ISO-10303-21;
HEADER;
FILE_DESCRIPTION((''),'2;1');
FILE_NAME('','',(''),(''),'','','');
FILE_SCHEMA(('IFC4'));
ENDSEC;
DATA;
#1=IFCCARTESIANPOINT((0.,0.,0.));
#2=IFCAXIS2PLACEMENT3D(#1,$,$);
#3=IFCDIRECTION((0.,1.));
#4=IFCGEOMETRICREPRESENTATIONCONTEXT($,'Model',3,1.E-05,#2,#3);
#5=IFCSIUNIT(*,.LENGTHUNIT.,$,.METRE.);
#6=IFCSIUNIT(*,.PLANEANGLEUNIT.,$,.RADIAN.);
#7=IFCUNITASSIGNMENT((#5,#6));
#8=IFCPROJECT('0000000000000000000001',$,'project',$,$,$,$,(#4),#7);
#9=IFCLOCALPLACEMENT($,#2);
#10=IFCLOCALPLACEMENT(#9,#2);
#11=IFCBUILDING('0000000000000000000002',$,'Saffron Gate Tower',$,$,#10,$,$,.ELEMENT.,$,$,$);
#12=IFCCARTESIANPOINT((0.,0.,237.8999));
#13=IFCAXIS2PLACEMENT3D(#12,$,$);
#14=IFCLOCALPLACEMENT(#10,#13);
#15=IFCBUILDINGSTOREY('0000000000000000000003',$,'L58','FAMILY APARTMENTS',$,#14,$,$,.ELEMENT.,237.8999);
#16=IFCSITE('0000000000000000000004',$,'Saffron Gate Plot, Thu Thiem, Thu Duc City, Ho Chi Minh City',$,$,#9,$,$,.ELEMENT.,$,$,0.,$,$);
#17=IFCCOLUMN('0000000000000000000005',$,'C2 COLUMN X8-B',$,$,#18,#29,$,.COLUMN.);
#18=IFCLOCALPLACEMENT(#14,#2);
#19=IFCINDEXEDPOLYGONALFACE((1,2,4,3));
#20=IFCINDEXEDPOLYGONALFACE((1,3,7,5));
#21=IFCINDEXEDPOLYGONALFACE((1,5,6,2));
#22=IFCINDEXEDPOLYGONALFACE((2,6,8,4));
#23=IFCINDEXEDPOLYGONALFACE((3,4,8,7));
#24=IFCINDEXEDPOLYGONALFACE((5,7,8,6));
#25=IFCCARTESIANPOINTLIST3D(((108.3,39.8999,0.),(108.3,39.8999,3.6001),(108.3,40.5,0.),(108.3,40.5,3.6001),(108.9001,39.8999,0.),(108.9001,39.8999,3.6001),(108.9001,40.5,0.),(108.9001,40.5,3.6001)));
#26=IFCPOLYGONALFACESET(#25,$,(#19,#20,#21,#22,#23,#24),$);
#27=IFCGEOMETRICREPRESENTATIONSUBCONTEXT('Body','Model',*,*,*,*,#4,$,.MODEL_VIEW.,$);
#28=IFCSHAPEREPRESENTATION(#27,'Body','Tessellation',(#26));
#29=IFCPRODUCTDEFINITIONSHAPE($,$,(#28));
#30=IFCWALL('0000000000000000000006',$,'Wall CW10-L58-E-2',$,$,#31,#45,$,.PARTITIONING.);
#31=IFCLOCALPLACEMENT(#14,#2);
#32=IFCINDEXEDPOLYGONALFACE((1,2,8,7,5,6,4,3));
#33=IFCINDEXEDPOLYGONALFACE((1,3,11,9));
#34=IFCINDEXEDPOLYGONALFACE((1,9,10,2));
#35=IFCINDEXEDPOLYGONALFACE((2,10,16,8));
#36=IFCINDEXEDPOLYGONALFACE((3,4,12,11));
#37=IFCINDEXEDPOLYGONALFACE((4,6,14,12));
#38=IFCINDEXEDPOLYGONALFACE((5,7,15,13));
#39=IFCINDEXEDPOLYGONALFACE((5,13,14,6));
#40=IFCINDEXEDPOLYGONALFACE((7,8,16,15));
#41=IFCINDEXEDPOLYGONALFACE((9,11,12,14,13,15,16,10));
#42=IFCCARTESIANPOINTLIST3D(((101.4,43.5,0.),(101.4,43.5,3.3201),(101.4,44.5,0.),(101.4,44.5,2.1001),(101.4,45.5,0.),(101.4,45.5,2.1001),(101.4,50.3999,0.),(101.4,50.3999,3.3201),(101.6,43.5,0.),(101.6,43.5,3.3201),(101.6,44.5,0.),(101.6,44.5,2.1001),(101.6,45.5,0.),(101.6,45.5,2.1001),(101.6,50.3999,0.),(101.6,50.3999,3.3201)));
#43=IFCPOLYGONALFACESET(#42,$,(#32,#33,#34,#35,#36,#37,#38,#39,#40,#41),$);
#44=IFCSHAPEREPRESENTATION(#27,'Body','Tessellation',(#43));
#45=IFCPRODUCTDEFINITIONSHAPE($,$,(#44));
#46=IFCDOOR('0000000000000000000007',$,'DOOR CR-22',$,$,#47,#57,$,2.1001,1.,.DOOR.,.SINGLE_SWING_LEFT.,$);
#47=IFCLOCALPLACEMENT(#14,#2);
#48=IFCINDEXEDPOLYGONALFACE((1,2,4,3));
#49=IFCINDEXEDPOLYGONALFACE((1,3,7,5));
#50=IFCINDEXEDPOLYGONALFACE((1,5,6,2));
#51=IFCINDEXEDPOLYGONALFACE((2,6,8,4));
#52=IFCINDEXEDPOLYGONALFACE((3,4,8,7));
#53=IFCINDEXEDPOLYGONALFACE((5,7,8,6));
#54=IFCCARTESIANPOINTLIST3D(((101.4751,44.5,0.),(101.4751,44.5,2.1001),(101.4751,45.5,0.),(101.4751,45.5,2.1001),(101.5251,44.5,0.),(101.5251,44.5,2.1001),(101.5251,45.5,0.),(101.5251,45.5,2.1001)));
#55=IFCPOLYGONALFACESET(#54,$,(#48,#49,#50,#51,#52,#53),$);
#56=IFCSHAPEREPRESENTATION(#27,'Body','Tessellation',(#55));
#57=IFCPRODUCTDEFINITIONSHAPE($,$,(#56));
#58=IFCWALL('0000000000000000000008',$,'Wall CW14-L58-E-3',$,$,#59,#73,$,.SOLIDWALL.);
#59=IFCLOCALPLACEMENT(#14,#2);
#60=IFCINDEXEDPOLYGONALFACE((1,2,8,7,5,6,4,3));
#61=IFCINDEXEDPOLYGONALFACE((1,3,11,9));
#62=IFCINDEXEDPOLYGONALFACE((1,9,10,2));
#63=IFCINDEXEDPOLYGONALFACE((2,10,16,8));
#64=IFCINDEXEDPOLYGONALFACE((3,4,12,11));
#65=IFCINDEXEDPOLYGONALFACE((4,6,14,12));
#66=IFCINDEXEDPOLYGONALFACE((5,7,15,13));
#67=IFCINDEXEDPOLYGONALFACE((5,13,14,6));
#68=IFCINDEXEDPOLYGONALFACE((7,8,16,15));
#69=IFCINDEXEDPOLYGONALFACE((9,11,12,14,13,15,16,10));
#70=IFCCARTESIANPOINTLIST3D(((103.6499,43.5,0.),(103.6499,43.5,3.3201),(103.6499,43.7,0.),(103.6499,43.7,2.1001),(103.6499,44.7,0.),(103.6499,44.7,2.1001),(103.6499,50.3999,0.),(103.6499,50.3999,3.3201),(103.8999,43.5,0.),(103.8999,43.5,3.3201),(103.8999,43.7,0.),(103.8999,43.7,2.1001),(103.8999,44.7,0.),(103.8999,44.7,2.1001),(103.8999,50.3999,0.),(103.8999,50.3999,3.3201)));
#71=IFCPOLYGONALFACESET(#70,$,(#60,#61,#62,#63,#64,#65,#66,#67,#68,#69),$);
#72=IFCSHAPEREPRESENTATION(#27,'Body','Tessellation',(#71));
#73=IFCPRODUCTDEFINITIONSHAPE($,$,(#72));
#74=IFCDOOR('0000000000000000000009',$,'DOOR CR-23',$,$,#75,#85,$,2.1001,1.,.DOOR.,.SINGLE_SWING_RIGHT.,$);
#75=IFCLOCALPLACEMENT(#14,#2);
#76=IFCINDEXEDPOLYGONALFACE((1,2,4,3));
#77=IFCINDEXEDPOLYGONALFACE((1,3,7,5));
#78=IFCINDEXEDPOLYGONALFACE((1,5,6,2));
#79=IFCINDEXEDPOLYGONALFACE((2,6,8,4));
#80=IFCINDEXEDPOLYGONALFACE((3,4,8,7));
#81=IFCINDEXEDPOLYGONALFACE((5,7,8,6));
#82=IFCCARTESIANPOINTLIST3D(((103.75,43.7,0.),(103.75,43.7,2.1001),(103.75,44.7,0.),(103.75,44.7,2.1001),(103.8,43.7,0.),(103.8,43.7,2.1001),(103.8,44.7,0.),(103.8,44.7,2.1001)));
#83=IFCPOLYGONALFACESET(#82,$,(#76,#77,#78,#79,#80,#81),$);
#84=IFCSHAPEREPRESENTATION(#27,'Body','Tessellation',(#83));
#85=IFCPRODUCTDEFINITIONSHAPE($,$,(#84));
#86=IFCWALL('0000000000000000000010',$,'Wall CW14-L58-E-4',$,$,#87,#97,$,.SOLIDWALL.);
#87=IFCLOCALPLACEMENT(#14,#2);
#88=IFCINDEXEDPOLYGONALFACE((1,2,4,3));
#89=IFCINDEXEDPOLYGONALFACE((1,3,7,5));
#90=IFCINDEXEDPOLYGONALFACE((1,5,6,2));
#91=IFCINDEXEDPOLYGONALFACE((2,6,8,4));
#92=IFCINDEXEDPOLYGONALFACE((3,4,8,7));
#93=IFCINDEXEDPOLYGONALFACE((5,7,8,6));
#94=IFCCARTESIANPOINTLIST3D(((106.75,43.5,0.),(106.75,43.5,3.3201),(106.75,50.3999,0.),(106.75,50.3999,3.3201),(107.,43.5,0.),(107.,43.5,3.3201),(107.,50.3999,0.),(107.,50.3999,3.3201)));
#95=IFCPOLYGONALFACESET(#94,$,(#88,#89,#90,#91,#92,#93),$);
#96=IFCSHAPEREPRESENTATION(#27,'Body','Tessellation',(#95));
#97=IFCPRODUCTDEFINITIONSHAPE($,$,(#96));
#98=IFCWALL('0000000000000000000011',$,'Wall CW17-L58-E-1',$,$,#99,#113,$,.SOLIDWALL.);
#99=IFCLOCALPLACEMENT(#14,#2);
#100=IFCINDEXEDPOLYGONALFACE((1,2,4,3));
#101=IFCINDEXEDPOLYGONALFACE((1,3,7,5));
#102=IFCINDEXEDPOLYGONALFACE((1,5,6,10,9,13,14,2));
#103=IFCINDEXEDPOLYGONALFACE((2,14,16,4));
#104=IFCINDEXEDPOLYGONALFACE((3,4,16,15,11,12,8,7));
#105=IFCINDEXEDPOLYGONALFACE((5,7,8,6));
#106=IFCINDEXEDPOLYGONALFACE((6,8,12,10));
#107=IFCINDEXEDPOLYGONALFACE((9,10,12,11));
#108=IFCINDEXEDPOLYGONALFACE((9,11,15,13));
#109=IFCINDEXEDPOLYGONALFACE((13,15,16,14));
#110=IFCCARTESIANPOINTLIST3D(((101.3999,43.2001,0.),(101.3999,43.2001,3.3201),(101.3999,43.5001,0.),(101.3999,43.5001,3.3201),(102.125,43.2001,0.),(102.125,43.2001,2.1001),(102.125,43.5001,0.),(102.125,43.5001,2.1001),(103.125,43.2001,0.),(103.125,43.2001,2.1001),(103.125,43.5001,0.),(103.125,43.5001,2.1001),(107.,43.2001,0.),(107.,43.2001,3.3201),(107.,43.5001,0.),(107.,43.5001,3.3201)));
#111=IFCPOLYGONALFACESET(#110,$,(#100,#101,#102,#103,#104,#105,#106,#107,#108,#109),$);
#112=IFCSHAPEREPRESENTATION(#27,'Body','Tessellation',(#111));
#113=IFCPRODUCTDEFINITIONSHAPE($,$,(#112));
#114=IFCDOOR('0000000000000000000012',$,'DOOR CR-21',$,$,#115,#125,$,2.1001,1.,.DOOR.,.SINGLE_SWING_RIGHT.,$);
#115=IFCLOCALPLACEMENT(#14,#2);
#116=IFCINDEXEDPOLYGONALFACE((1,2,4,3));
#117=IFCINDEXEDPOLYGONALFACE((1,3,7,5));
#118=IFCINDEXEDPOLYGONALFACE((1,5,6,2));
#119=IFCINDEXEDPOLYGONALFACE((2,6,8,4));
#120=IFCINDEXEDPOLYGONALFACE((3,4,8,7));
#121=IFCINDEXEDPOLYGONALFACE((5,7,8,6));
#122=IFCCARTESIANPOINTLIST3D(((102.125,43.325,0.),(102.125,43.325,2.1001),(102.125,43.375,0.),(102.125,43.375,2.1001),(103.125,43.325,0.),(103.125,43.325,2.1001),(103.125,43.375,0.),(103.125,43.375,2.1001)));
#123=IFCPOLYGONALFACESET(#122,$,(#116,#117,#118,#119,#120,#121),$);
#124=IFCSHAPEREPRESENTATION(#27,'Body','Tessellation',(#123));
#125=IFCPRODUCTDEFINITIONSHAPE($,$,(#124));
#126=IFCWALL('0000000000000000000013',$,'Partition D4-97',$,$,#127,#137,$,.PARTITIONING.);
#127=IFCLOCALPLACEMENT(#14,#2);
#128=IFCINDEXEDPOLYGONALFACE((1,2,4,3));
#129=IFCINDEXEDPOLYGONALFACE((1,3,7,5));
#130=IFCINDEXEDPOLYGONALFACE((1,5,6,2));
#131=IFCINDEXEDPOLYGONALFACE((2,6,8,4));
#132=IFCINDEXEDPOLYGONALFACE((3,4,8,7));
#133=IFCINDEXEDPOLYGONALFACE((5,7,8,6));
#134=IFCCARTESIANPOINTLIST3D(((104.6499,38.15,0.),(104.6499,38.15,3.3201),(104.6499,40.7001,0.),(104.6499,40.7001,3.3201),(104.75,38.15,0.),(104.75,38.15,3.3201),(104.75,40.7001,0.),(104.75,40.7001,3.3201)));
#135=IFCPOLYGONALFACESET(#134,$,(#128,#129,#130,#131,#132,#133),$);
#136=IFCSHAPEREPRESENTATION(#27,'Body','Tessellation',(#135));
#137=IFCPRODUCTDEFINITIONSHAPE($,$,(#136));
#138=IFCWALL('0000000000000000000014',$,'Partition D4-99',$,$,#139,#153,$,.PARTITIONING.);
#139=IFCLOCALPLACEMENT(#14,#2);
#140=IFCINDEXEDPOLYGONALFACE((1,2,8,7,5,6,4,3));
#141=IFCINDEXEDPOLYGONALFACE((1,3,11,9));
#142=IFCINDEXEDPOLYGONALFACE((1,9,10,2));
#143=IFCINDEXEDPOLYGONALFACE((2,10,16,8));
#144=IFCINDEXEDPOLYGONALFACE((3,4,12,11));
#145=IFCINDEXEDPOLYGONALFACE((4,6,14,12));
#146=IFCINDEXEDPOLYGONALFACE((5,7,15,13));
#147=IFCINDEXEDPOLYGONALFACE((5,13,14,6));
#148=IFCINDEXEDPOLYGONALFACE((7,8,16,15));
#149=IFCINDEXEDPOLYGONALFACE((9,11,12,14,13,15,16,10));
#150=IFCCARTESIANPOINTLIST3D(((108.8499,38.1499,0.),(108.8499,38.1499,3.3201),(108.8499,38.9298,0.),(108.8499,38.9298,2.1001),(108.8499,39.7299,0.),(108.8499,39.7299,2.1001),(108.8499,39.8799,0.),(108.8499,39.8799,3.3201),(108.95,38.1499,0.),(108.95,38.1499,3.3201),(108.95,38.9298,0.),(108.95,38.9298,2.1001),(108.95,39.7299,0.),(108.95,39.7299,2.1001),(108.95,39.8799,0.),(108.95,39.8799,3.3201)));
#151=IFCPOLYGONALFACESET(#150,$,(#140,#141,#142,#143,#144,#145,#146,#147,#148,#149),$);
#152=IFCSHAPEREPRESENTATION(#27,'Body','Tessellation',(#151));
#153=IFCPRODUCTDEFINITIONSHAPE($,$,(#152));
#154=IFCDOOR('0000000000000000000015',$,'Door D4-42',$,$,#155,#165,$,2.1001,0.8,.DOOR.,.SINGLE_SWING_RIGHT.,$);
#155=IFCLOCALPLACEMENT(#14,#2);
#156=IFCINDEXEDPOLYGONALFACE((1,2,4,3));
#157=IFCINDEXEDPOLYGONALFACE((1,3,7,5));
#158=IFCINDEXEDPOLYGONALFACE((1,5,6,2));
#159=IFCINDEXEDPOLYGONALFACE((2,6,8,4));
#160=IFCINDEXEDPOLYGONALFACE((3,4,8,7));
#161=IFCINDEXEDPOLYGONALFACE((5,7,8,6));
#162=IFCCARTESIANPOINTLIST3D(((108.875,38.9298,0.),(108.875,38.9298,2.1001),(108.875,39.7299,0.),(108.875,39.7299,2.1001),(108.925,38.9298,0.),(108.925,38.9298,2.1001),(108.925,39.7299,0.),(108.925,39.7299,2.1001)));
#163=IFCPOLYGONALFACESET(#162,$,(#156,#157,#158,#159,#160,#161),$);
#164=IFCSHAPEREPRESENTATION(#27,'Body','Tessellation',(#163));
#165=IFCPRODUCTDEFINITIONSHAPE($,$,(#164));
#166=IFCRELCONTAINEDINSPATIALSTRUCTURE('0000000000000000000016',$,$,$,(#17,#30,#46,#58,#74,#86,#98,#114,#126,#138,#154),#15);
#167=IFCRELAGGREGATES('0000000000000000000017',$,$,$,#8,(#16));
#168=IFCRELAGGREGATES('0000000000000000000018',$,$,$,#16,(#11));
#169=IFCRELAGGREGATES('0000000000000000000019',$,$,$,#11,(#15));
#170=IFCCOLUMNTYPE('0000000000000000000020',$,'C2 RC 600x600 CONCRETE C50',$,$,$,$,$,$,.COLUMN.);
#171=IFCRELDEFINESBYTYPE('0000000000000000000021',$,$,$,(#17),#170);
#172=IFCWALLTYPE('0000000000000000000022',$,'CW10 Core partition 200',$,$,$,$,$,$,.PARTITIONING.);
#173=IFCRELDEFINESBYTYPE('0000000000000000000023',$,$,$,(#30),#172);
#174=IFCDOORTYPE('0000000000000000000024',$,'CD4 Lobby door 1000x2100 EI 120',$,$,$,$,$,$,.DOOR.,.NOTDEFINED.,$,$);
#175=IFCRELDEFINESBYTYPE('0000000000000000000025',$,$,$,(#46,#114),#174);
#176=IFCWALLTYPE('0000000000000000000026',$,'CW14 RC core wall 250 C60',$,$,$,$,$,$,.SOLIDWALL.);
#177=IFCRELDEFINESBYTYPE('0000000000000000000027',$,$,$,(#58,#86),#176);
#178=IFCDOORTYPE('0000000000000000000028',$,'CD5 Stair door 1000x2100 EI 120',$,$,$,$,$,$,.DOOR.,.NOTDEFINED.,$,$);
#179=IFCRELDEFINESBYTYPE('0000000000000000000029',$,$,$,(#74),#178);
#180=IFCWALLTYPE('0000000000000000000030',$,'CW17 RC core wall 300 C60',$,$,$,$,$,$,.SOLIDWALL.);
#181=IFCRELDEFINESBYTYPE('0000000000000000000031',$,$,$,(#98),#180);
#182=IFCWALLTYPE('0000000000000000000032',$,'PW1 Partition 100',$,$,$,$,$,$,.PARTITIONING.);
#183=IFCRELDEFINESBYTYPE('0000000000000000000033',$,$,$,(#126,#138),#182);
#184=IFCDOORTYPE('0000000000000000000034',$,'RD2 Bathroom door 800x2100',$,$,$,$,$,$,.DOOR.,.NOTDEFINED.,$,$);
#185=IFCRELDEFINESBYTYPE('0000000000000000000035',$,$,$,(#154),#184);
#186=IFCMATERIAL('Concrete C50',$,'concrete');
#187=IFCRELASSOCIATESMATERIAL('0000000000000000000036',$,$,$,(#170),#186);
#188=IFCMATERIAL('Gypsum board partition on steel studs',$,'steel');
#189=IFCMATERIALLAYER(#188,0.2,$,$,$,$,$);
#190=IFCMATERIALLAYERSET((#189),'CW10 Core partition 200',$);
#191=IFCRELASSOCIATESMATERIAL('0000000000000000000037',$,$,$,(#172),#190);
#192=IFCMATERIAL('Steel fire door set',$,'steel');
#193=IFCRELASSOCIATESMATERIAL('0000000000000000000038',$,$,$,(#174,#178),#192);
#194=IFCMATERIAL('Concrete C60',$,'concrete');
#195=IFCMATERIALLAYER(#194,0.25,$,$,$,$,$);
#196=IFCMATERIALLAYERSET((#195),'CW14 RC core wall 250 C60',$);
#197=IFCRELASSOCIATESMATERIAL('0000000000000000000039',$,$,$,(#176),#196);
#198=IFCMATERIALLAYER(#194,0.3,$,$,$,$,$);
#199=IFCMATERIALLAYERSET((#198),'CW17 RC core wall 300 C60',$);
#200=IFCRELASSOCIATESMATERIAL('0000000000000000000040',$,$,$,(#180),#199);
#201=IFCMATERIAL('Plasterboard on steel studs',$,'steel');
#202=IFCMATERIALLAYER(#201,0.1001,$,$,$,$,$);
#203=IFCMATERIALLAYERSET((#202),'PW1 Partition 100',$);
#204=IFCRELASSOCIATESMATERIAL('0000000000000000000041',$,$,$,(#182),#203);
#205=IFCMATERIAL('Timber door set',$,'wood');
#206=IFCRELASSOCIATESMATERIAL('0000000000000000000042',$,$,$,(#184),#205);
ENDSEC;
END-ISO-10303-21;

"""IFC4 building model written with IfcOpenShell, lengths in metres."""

from ifc_helpers import new_model, si_unit, direction, frame, frame_2d, origin, origin_2d, place, context, subcontext, project, spatial, rectangle, extrude, material, layer, layer_set, material_profile, profile_set, type_object, element, fill, save


model = new_model("IFC4")

# Units and contexts
model_context = context("Model", 3, precision=1e-05, world=origin(), true_north=direction((0.0, 1.0)))
body_context = subcontext(model_context, "Body", "Model", "MODEL_VIEW")
ifc_project = project(units=[si_unit("LENGTHUNIT", "METRE"), si_unit("PLANEANGLEUNIT", "RADIAN")], contexts=[model_context])

# Site, building, storey
site_placement = place(None, origin())
site = spatial("IfcSite", under=ifc_project, at=site_placement, Name="Saffron Gate Plot, Thu Thiem, Thu Duc City, Ho Chi Minh City", CompositionType="ELEMENT", RefElevation=0.0)
building_placement = place(site_placement, origin())
building = spatial("IfcBuilding", under=site, at=building_placement, Name="Saffron Gate Tower", CompositionType="ELEMENT")
storey_placement = place(building_placement, frame((0.0, 0.0, 237.8999)))
storey = spatial("IfcBuildingStorey", under=building, at=storey_placement, Name="L58", Description="FAMILY APARTMENTS", CompositionType="ELEMENT", Elevation=237.8999)

# Column
ifc_material_1 = material(Name="Concrete C50", Category="concrete")
ifc_material_profile = material_profile(ifc_material_1, rectangle(XDim=0.6001, YDim=0.6001, at=origin_2d()))
ifc_profile_set = profile_set([ifc_material_profile], Name="Concrete C50")
column_type = type_object("IfcColumnType", Name="C2 RC 600x600 CONCRETE C50", PredefinedType="COLUMN", material=ifc_profile_set)
column_placement = place(storey_placement, frame((108.6001, 40.2, 0.0), z_axis=(0.0, 0.0, 1.0), x_axis=(1.0, 0.0, 0.0)))
element("IfcColumn", 1, at=column_placement, inside=storey, type_object=column_type, Name="C2 COLUMN X8-B", PredefinedType="COLUMN", context=body_context, shape_type="SweptSolid", body=[
    extrude(rectangle(XDim=0.6001, YDim=0.6001, at=origin_2d()), origin(), (0.0, 0.0, 1.0), 3.6001),
])

# Walls, openings, doors
ifc_material_2 = material(Name="Gypsum board partition on steel studs", Category="steel")
ifc_layer_1 = layer(ifc_material_2, 0.2)
ifc_layer_set_1 = layer_set([ifc_layer_1], Name="CW10 Core partition 200")
wall_type_1 = type_object("IfcWallType", Name="CW10 Core partition 200", PredefinedType="PARTITIONING", material=ifc_layer_set_1)
wall_1_placement = place(storey_placement, frame((101.5, 43.5, 0.0), z_axis=(0.0, 0.0, 1.0), x_axis=(0.0, 1.0, 0.0)))
wall_1 = element("IfcWall", 2, at=wall_1_placement, inside=storey, type_object=wall_type_1, Name="Wall CW10-L58-E-2", PredefinedType="PARTITIONING", context=body_context, shape_type="SweptSolid", body=[
    extrude(rectangle(XDim=6.8999, YDim=0.2, at=frame_2d((3.45, 0.0))), origin(), (0.0, 0.0, 1.0), 3.3201),
])
opening_1_placement = place(wall_1_placement, frame((1.0, 0.0, 0.0)))
opening_1 = element("IfcOpeningElement", 3, at=opening_1_placement, cuts=wall_1, PredefinedType="OPENING", context=body_context, shape_type="SweptSolid", body=[
    extrude(rectangle(XDim=1.0, YDim=2.1001, at=frame_2d((0.5, 1.05))), frame((0.0, 0.1099, 0.0), z_axis=(0.0, -1.0, 0.0), x_axis=(1.0, 0.0, 0.0)), (0.0, 0.0, 1.0), 0.22),
])
ifc_material_3 = material(Name="Steel fire door set", Category="steel")
door_type_1 = type_object("IfcDoorType", Name="CD4 Lobby door 1000x2100 EI 120", OperationType="NOTDEFINED", PredefinedType="DOOR", material=ifc_material_3)
door_1_placement = place(opening_1_placement, origin())
door_1 = element("IfcDoor", 4, at=door_1_placement, inside=storey, type_object=door_type_1, Name="DOOR CR-22", OperationType="SINGLE_SWING_LEFT", OverallHeight=2.1001, OverallWidth=1.0, PredefinedType="DOOR", context=body_context, shape_type="SweptSolid", body=[
    extrude(rectangle(XDim=1.0, YDim=2.1001, at=frame_2d((0.5, 1.05))), frame((0.0, 0.0249, 0.0), z_axis=(0.0, -1.0, 0.0), x_axis=(1.0, 0.0, 0.0)), (0.0, 0.0, 1.0), 0.05),
])
fill(opening_1, door_1)
ifc_material_4 = material(Name="Concrete C60", Category="concrete")
ifc_layer_2 = layer(ifc_material_4, 0.25)
ifc_layer_set_2 = layer_set([ifc_layer_2], Name="CW14 RC core wall 250 C60")
wall_type_2 = type_object("IfcWallType", Name="CW14 RC core wall 250 C60", PredefinedType="SOLIDWALL", material=ifc_layer_set_2)
wall_2_placement = place(storey_placement, frame((103.7749, 43.5, 0.0), z_axis=(0.0, 0.0, 1.0), x_axis=(0.0, 1.0, 0.0)))
wall_2 = element("IfcWall", 5, at=wall_2_placement, inside=storey, type_object=wall_type_2, Name="Wall CW14-L58-E-3", PredefinedType="SOLIDWALL", context=body_context, shape_type="SweptSolid", body=[
    extrude(rectangle(XDim=6.8999, YDim=0.25, at=frame_2d((3.45, 0.0))), origin(), (0.0, 0.0, 1.0), 3.3201),
])
opening_2_placement = place(wall_2_placement, frame((0.2, 0.0, 0.0)))
opening_2 = element("IfcOpeningElement", 6, at=opening_2_placement, cuts=wall_2, PredefinedType="OPENING", context=body_context, shape_type="SweptSolid", body=[
    extrude(rectangle(XDim=1.0, YDim=2.1001, at=frame_2d((0.5, 1.05))), frame((0.0, 0.135, 0.0), z_axis=(0.0, -1.0, 0.0), x_axis=(1.0, 0.0, 0.0)), (0.0, 0.0, 1.0), 0.27),
])
door_type_2 = type_object("IfcDoorType", Name="CD5 Stair door 1000x2100 EI 120", OperationType="NOTDEFINED", PredefinedType="DOOR", material=ifc_material_3)
door_2_placement = place(opening_2_placement, origin())
door_2 = element("IfcDoor", 7, at=door_2_placement, inside=storey, type_object=door_type_2, Name="DOOR CR-23", OperationType="SINGLE_SWING_RIGHT", OverallHeight=2.1001, OverallWidth=1.0, PredefinedType="DOOR", context=body_context, shape_type="SweptSolid", body=[
    extrude(rectangle(XDim=1.0, YDim=2.1001, at=frame_2d((0.5, 1.05))), frame((0.0, 0.0249, 0.0), z_axis=(0.0, -1.0, 0.0), x_axis=(1.0, 0.0, 0.0)), (0.0, 0.0, 1.0), 0.05),
])
fill(opening_2, door_2)

# Wall
wall_3_placement = place(storey_placement, frame((106.875, 43.5, 0.0), z_axis=(0.0, 0.0, 1.0), x_axis=(0.0, 1.0, 0.0)))
element("IfcWall", 8, at=wall_3_placement, inside=storey, type_object=wall_type_2, Name="Wall CW14-L58-E-4", PredefinedType="SOLIDWALL", context=body_context, shape_type="SweptSolid", body=[
    extrude(rectangle(XDim=6.8999, YDim=0.25, at=frame_2d((3.45, 0.0))), origin(), (0.0, 0.0, 1.0), 3.3201),
])

# Wall, opening, door
ifc_layer_3 = layer(ifc_material_4, 0.3)
ifc_layer_set_3 = layer_set([ifc_layer_3], Name="CW17 RC core wall 300 C60")
wall_type_3 = type_object("IfcWallType", Name="CW17 RC core wall 300 C60", PredefinedType="SOLIDWALL", material=ifc_layer_set_3)
wall_4_placement = place(storey_placement, frame((101.3999, 43.3501, 0.0), z_axis=(0.0, 0.0, 1.0), x_axis=(1.0, 0.0, 0.0)))
wall_4 = element("IfcWall", 9, at=wall_4_placement, inside=storey, type_object=wall_type_3, Name="Wall CW17-L58-E-1", PredefinedType="SOLIDWALL", context=body_context, shape_type="SweptSolid", body=[
    extrude(rectangle(XDim=5.6001, YDim=0.3, at=frame_2d((2.8, 0.0))), origin(), (0.0, 0.0, 1.0), 3.3201),
])
opening_3_placement = place(wall_4_placement, frame((0.7251, 0.0, 0.0)))
opening_3 = element("IfcOpeningElement", 10, at=opening_3_placement, cuts=wall_4, PredefinedType="OPENING", context=body_context, shape_type="SweptSolid", body=[
    extrude(rectangle(XDim=1.0, YDim=2.1001, at=frame_2d((0.5, 1.05))), frame((0.0, 0.1602, 0.0), z_axis=(0.0, -1.0, 0.0), x_axis=(1.0, 0.0, 0.0)), (0.0, 0.0, 1.0), 0.3201),
])
door_3_placement = place(opening_3_placement, origin())
door_3 = element("IfcDoor", 11, at=door_3_placement, inside=storey, type_object=door_type_1, Name="DOOR CR-21", OperationType="SINGLE_SWING_RIGHT", OverallHeight=2.1001, OverallWidth=1.0, PredefinedType="DOOR", context=body_context, shape_type="SweptSolid", body=[
    extrude(rectangle(XDim=1.0, YDim=2.1001, at=frame_2d((0.5, 1.05))), frame((0.0, 0.0249, 0.0), z_axis=(0.0, -1.0, 0.0), x_axis=(1.0, 0.0, 0.0)), (0.0, 0.0, 1.0), 0.05),
])
fill(opening_3, door_3)

# Wall
ifc_material_5 = material(Name="Plasterboard on steel studs", Category="steel")
ifc_layer_4 = layer(ifc_material_5, 0.1001)
ifc_layer_set_4 = layer_set([ifc_layer_4], Name="PW1 Partition 100")
wall_type_4 = type_object("IfcWallType", Name="PW1 Partition 100", PredefinedType="PARTITIONING", material=ifc_layer_set_4)
wall_5_placement = place(storey_placement, frame((104.7, 40.7, 0.0), z_axis=(0.0, 0.0, 1.0), x_axis=(0.0, -1.0, 0.0)))
element("IfcWall", 12, at=wall_5_placement, inside=storey, type_object=wall_type_4, Name="Partition D4-97", PredefinedType="PARTITIONING", context=body_context, shape_type="SweptSolid", body=[
    extrude(rectangle(XDim=2.55, YDim=0.1001, at=frame_2d((1.2749, 0.0))), origin(), (0.0, 0.0, 1.0), 3.3201),
])

# Wall, opening, door
wall_6_placement = place(storey_placement, frame((108.8999, 38.1499, 0.0), z_axis=(0.0, 0.0, 1.0), x_axis=(0.0, 1.0, 0.0)))
wall_6 = element("IfcWall", 13, at=wall_6_placement, inside=storey, type_object=wall_type_4, Name="Partition D4-99", PredefinedType="PARTITIONING", context=body_context, shape_type="SweptSolid", body=[
    extrude(rectangle(XDim=1.73, YDim=0.1001, at=frame_2d((0.865, 0.0))), origin(), (0.0, 0.0, 1.0), 3.3201),
])
opening_4_placement = place(wall_6_placement, frame((0.78, 0.0, 0.0)))
opening_4 = element("IfcOpeningElement", 14, at=opening_4_placement, cuts=wall_6, PredefinedType="OPENING", context=body_context, shape_type="SweptSolid", body=[
    extrude(rectangle(XDim=0.8, YDim=2.1001, at=frame_2d((0.3999, 1.05))), frame((0.0, 0.0601, 0.0), z_axis=(0.0, -1.0, 0.0), x_axis=(1.0, 0.0, 0.0)), (0.0, 0.0, 1.0), 0.1201),
])
ifc_material_6 = material(Name="Timber door set", Category="wood")
door_type_3 = type_object("IfcDoorType", Name="RD2 Bathroom door 800x2100", OperationType="NOTDEFINED", PredefinedType="DOOR", material=ifc_material_6)
door_4_placement = place(opening_4_placement, origin())
door_4 = element("IfcDoor", 15, at=door_4_placement, inside=storey, type_object=door_type_3, Name="Door D4-42", OperationType="SINGLE_SWING_RIGHT", OverallHeight=2.1001, OverallWidth=0.8, PredefinedType="DOOR", context=body_context, shape_type="SweptSolid", body=[
    extrude(rectangle(XDim=0.8, YDim=2.1001, at=frame_2d((0.3999, 1.05))), frame((0.0, 0.0249, 0.0), z_axis=(0.0, -1.0, 0.0), x_axis=(1.0, 0.0, 0.0)), (0.0, 0.0, 1.0), 0.05),
])
fill(opening_4, door_4)

save(model, "model.ifc")
